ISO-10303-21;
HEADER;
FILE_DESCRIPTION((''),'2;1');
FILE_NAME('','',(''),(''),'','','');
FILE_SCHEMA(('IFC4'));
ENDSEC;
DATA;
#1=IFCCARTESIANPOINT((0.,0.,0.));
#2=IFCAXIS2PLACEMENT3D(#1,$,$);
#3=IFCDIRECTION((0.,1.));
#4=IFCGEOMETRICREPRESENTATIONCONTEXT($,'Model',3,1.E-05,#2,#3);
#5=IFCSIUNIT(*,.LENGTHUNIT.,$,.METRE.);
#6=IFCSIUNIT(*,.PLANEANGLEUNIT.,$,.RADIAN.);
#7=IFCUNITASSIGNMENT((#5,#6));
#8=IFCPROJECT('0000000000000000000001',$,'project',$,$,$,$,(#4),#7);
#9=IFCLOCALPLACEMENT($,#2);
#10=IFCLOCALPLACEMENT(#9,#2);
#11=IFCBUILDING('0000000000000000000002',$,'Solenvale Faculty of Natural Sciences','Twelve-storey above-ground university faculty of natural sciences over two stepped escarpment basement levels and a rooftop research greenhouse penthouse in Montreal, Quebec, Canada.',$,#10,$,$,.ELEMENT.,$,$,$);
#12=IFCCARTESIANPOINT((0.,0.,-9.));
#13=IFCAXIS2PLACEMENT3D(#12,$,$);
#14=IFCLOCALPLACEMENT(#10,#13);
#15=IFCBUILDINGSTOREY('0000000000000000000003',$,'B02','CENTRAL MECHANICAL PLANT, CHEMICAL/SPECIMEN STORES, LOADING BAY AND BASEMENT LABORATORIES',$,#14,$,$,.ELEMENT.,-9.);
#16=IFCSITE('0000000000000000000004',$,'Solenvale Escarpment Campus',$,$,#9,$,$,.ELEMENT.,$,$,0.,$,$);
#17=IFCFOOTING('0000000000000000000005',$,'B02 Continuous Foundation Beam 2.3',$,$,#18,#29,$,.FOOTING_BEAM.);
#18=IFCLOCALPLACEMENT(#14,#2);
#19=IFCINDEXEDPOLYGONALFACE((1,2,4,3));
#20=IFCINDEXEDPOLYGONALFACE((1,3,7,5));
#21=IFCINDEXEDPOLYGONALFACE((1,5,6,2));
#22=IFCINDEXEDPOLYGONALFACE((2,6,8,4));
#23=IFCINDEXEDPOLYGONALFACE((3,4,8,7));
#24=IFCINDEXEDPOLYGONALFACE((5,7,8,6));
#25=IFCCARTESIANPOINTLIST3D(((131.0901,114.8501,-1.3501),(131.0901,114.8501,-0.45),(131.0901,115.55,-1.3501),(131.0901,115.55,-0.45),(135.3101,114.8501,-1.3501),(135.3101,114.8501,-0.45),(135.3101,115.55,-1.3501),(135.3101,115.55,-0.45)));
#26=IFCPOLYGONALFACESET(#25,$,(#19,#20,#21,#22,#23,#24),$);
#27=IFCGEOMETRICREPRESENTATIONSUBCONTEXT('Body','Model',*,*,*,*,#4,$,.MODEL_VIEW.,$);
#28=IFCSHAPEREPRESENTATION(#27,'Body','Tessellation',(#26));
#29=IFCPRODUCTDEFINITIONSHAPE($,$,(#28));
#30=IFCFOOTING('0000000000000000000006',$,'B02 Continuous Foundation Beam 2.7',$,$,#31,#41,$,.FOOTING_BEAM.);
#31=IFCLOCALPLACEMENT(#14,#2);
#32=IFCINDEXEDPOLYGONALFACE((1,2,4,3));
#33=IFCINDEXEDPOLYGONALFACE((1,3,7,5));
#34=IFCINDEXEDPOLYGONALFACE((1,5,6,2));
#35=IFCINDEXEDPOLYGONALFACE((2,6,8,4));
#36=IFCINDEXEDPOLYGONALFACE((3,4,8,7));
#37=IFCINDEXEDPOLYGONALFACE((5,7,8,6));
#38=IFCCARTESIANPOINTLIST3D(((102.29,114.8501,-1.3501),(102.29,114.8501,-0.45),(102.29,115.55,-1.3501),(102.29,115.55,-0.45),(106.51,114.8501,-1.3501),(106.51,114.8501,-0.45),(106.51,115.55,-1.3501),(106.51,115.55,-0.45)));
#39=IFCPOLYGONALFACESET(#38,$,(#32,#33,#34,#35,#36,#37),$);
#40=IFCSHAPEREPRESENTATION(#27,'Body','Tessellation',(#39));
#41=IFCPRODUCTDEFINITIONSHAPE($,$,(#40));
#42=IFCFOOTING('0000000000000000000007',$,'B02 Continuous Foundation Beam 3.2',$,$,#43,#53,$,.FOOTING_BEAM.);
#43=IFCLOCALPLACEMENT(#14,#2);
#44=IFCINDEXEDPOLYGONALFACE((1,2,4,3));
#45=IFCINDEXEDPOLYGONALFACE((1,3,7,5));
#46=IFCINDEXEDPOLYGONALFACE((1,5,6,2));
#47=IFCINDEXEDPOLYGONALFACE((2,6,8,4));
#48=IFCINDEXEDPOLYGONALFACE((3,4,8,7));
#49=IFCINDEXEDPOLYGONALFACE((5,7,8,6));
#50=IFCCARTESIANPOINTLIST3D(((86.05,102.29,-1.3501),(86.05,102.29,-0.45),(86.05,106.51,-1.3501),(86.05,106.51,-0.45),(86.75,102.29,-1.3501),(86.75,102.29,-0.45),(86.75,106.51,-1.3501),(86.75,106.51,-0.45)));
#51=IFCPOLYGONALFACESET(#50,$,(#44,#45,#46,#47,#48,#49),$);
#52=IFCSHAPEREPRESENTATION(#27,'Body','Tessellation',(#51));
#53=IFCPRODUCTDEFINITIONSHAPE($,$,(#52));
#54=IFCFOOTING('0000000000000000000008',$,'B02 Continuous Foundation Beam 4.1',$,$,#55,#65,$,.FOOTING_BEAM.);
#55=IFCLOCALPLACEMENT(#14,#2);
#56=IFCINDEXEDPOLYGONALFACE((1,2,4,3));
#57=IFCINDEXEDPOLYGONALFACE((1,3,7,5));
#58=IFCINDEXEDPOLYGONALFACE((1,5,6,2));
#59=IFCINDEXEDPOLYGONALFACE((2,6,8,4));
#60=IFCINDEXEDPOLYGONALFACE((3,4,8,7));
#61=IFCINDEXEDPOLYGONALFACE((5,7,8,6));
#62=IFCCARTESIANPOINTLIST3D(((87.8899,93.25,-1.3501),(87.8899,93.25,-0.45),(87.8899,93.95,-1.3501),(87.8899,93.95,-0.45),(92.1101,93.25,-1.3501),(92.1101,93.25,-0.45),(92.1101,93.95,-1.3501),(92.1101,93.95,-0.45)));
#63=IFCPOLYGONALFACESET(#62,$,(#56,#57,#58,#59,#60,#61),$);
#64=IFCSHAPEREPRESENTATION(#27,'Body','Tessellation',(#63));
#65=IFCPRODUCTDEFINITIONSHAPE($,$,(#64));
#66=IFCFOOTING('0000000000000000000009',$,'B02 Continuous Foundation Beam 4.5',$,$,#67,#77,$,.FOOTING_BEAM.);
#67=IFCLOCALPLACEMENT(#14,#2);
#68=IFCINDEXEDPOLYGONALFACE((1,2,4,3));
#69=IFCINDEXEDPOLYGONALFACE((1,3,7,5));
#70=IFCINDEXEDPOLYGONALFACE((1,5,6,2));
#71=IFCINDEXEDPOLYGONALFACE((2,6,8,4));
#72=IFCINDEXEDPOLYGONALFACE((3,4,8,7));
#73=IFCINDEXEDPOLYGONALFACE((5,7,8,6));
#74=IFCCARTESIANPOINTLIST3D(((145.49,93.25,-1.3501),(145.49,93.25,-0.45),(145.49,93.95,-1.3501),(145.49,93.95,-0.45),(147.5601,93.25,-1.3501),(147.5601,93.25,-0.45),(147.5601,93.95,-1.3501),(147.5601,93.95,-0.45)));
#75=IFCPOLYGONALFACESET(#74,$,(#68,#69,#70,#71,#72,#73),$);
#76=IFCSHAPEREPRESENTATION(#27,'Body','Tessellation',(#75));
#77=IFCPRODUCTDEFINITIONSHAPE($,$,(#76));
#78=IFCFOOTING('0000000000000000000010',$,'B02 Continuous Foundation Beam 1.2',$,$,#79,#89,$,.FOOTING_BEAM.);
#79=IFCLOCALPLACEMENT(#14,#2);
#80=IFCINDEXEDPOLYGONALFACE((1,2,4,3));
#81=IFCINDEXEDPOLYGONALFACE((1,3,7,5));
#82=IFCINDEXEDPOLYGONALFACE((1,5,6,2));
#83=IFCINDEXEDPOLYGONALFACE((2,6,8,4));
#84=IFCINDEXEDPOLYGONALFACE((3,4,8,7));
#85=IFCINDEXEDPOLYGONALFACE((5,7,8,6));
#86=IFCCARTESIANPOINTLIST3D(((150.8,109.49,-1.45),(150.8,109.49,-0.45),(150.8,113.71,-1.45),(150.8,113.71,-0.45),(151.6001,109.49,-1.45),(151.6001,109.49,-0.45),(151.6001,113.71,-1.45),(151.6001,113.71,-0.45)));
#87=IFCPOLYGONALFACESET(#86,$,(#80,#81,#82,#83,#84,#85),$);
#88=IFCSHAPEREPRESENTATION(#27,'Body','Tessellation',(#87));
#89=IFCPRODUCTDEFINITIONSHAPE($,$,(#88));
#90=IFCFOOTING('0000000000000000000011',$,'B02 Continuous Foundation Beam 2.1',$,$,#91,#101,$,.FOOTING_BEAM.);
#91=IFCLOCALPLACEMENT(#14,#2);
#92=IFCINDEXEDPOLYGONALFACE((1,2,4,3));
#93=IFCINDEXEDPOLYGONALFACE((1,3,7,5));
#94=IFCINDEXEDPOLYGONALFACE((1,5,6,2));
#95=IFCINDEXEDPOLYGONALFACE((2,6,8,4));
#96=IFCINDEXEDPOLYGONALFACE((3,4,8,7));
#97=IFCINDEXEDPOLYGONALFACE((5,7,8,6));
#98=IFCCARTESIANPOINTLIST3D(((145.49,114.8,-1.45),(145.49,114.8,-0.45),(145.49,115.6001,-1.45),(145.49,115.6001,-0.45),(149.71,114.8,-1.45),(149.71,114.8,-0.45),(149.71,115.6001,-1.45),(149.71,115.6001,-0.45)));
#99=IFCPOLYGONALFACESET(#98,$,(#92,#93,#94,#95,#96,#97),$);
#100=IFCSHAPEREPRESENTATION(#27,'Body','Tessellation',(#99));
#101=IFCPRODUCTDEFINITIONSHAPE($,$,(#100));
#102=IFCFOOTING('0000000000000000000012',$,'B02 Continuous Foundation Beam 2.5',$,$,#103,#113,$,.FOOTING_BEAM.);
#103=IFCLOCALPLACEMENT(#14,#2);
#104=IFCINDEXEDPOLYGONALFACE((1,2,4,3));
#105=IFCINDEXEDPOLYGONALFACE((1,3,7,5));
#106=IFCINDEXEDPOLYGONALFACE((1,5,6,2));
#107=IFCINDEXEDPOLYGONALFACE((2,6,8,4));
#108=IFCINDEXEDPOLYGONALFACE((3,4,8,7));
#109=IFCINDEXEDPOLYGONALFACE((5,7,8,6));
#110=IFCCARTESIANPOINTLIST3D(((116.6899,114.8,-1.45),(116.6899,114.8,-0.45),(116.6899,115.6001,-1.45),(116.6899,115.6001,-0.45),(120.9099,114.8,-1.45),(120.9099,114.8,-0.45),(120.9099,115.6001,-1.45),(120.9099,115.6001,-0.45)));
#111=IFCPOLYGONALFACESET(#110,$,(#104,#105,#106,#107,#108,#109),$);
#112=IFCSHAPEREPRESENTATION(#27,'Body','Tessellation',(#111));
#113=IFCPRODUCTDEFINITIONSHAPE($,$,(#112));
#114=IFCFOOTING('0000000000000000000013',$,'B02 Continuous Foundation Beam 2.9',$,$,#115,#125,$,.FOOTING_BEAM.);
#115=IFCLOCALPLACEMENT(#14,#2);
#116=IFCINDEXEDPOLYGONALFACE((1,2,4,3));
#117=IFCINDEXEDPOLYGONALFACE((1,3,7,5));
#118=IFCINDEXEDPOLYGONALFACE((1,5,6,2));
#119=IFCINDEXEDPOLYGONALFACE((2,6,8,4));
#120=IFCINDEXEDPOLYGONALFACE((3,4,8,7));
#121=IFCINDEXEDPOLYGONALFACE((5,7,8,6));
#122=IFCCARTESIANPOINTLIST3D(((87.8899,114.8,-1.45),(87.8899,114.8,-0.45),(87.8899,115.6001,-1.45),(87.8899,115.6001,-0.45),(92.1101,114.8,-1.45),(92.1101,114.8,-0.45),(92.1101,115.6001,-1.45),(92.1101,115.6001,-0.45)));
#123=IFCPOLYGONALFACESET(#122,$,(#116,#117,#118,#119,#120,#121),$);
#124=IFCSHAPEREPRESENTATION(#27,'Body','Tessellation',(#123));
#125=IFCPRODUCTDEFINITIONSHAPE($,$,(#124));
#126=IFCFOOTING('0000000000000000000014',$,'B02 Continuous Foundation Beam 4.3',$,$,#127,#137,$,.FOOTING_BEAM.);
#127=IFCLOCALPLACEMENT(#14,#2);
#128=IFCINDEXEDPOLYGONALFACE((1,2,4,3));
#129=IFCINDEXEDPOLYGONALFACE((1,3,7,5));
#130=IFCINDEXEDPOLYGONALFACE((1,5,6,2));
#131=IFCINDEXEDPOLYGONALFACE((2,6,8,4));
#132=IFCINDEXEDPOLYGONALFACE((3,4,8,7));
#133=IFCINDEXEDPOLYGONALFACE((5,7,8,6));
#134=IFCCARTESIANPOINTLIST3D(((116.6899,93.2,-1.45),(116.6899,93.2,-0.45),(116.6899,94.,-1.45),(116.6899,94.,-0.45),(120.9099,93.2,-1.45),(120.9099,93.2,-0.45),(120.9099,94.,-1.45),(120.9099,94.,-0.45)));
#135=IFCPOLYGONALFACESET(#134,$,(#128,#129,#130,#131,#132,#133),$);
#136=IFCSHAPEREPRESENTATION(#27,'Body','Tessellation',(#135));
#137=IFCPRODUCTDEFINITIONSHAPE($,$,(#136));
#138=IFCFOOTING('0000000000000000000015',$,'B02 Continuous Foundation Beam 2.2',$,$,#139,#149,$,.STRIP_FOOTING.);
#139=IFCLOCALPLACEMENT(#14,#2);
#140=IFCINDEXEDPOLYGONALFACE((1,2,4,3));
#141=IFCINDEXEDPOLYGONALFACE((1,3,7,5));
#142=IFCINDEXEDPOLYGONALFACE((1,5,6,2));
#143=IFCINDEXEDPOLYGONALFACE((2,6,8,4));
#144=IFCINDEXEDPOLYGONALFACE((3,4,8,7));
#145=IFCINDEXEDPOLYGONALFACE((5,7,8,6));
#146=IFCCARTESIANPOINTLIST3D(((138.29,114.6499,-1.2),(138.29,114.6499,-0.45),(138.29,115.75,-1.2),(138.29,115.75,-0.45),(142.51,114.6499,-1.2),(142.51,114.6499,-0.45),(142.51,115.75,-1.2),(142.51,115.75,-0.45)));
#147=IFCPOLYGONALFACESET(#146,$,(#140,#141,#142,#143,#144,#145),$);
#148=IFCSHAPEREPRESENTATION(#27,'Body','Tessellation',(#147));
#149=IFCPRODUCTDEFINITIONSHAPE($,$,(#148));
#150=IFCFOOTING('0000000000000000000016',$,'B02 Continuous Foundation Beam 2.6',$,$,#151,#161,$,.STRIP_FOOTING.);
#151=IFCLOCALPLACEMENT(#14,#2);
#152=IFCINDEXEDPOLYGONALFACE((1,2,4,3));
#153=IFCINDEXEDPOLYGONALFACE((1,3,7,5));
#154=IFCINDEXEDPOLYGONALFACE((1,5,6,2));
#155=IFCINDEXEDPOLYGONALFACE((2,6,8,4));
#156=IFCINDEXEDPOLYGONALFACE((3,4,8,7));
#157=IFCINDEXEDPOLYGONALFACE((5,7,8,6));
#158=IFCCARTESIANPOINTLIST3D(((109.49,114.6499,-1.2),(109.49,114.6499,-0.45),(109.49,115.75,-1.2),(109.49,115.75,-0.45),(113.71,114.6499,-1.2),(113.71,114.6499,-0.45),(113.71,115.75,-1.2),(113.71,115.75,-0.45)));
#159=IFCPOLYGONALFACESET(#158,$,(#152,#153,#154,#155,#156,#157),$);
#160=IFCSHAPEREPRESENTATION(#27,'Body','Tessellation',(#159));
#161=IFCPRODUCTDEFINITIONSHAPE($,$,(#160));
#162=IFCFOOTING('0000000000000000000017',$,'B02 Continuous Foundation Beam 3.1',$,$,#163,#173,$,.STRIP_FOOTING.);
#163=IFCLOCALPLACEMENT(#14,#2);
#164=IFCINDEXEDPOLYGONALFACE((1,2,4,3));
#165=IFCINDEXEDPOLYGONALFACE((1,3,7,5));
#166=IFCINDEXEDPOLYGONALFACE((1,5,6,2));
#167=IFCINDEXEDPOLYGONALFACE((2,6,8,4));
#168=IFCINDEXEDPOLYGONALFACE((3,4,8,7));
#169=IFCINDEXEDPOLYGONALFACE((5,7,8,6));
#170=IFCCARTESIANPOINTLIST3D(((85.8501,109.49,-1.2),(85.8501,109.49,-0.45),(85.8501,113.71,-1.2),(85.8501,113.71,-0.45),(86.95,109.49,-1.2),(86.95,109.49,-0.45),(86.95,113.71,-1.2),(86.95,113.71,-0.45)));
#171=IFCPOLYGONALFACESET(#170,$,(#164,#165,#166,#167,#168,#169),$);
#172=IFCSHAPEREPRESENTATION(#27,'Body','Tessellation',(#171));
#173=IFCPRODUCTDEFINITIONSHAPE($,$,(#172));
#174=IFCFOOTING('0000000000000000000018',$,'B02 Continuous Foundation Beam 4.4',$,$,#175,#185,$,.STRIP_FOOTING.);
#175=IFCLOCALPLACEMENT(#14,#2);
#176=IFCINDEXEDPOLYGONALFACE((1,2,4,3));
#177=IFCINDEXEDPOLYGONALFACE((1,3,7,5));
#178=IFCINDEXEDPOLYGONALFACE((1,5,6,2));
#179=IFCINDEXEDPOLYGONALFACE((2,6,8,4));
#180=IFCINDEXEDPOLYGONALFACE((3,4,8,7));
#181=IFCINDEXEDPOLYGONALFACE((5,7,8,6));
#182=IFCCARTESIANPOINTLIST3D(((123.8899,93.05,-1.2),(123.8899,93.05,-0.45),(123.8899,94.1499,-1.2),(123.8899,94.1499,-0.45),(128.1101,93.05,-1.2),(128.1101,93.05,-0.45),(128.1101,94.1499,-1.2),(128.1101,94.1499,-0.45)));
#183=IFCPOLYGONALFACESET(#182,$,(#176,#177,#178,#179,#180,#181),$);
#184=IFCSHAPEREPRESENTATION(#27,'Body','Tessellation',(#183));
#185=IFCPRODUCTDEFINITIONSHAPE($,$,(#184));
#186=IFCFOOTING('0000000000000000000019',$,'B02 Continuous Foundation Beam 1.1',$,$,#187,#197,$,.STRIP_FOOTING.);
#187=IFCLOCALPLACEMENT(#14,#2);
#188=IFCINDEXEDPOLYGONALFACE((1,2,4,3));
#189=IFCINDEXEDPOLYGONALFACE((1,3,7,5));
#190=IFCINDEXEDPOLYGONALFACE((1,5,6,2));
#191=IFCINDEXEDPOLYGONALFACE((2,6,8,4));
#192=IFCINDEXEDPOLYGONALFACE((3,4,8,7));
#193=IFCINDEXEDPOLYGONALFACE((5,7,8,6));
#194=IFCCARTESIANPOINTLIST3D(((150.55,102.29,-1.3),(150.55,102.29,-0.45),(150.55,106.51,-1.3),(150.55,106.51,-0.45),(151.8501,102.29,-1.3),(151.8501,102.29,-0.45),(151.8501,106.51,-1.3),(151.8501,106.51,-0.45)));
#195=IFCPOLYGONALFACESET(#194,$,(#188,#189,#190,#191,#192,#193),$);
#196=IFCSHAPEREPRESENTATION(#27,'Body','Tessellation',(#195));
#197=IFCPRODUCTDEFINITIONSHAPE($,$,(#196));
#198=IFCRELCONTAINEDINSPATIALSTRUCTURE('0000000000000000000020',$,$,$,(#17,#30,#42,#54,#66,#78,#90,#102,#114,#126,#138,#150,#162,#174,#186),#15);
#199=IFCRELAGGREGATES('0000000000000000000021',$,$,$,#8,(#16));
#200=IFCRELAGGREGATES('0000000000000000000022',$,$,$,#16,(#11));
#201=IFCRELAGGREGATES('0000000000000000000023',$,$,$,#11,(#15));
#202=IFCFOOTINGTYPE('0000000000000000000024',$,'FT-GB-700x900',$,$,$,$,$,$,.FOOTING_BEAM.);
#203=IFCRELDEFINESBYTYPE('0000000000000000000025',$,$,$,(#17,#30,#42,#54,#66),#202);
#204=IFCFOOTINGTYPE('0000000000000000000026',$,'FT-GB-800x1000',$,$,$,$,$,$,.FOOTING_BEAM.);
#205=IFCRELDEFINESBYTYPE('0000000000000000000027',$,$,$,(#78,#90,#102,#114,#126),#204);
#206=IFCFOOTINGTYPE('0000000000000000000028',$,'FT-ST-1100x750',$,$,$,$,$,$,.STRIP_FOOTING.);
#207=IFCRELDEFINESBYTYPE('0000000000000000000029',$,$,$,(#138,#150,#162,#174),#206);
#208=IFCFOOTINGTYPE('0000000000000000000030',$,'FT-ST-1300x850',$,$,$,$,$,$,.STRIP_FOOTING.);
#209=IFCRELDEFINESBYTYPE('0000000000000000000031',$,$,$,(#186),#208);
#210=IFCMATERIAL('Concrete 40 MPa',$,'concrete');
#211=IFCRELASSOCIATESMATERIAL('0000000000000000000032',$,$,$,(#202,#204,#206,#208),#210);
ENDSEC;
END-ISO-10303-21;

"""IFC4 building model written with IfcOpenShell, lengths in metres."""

from ifc_helpers import new_model, si_unit, direction, frame, origin, place, context, subcontext, project, spatial, polyline, outline, extrude, material, type_object, element, save


model = new_model("IFC4")

# Units and contexts
model_context = context("Model", 3, precision=1e-05, world=origin(), true_north=direction((0.0, 1.0)))
body_context = subcontext(model_context, "Body", "Model", "MODEL_VIEW")
ifc_project = project(units=[si_unit("LENGTHUNIT", "METRE"), si_unit("PLANEANGLEUNIT", "RADIAN")], contexts=[model_context])

# Site, building, storey
site_placement = place(None, origin())
site = spatial("IfcSite", under=ifc_project, at=site_placement, Name="Solenvale Escarpment Campus", CompositionType="ELEMENT", RefElevation=0.0)
building_placement = place(site_placement, origin())
building = spatial("IfcBuilding", under=site, at=building_placement, Name="Solenvale Faculty of Natural Sciences", Description="Twelve-storey above-ground university faculty of natural sciences over two stepped escarpment basement levels and a rooftop research greenhouse penthouse in Montreal, Quebec, Canada.", CompositionType="ELEMENT")
storey_placement = place(building_placement, frame((0.0, 0.0, -9.0)))
storey = spatial("IfcBuildingStorey", under=building, at=storey_placement, Name="B02", Description="CENTRAL MECHANICAL PLANT, CHEMICAL/SPECIMEN STORES, LOADING BAY AND BASEMENT LABORATORIES", CompositionType="ELEMENT", Elevation=-9.0)

# Footings
ifc_material = material(Name="Concrete 40 MPa", Category="concrete")
footing_type_1 = type_object("IfcFootingType", Name="FT-GB-700x900", PredefinedType="FOOTING_BEAM", material=ifc_material)
footing_1_placement = place(storey_placement, frame((0.0, 0.0, -1.3501)))
element("IfcFooting", 1, at=footing_1_placement, inside=storey, type_object=footing_type_1, Name="B02 Continuous Foundation Beam 2.3", PredefinedType="FOOTING_BEAM", context=body_context, shape_type="SweptSolid", body=[
    extrude(outline(polyline([(131.0901, 114.8501), (135.3101, 114.8501), (135.3101, 115.55), (131.0901, 115.55), (131.0901, 114.8501)])), origin(), (0.0, 0.0, 1.0), 0.9001),
])
footing_2_placement = place(storey_placement, frame((0.0, 0.0, -1.3501)))
element("IfcFooting", 2, at=footing_2_placement, inside=storey, type_object=footing_type_1, Name="B02 Continuous Foundation Beam 2.7", PredefinedType="FOOTING_BEAM", context=body_context, shape_type="SweptSolid", body=[
    extrude(outline(polyline([(102.29, 114.8501), (106.51, 114.8501), (106.51, 115.55), (102.29, 115.55), (102.29, 114.8501)])), origin(), (0.0, 0.0, 1.0), 0.9001),
])
footing_3_placement = place(storey_placement, frame((0.0, 0.0, -1.3501)))
element("IfcFooting", 3, at=footing_3_placement, inside=storey, type_object=footing_type_1, Name="B02 Continuous Foundation Beam 3.2", PredefinedType="FOOTING_BEAM", context=body_context, shape_type="SweptSolid", body=[
    extrude(outline(polyline([(86.05, 102.29), (86.75, 102.29), (86.75, 106.51), (86.05, 106.51), (86.05, 102.29)])), origin(), (0.0, 0.0, 1.0), 0.9001),
])
footing_4_placement = place(storey_placement, frame((0.0, 0.0, -1.3501)))
element("IfcFooting", 4, at=footing_4_placement, inside=storey, type_object=footing_type_1, Name="B02 Continuous Foundation Beam 4.1", PredefinedType="FOOTING_BEAM", context=body_context, shape_type="SweptSolid", body=[
    extrude(outline(polyline([(87.8899, 93.25), (92.1101, 93.25), (92.1101, 93.95), (87.8899, 93.95), (87.8899, 93.25)])), origin(), (0.0, 0.0, 1.0), 0.9001),
])
footing_5_placement = place(storey_placement, frame((0.0, 0.0, -1.3501)))
element("IfcFooting", 5, at=footing_5_placement, inside=storey, type_object=footing_type_1, Name="B02 Continuous Foundation Beam 4.5", PredefinedType="FOOTING_BEAM", context=body_context, shape_type="SweptSolid", body=[
    extrude(outline(polyline([(145.49, 93.25), (147.5601, 93.25), (147.5601, 93.95), (145.49, 93.95), (145.49, 93.25)])), origin(), (0.0, 0.0, 1.0), 0.9001),
])
footing_type_2 = type_object("IfcFootingType", Name="FT-GB-800x1000", PredefinedType="FOOTING_BEAM", material=ifc_material)
footing_6_placement = place(storey_placement, frame((0.0, 0.0, -1.45)))
element("IfcFooting", 6, at=footing_6_placement, inside=storey, type_object=footing_type_2, Name="B02 Continuous Foundation Beam 1.2", PredefinedType="FOOTING_BEAM", context=body_context, shape_type="SweptSolid", body=[
    extrude(outline(polyline([(150.8, 109.49), (151.6001, 109.49), (151.6001, 113.71), (150.8, 113.71), (150.8, 109.49)])), origin(), (0.0, 0.0, 1.0), 1.0),
])
footing_7_placement = place(storey_placement, frame((0.0, 0.0, -1.45)))
element("IfcFooting", 7, at=footing_7_placement, inside=storey, type_object=footing_type_2, Name="B02 Continuous Foundation Beam 2.1", PredefinedType="FOOTING_BEAM", context=body_context, shape_type="SweptSolid", body=[
    extrude(outline(polyline([(145.49, 114.8), (149.71, 114.8), (149.71, 115.6001), (145.49, 115.6001), (145.49, 114.8)])), origin(), (0.0, 0.0, 1.0), 1.0),
])
footing_8_placement = place(storey_placement, frame((0.0, 0.0, -1.45)))
element("IfcFooting", 8, at=footing_8_placement, inside=storey, type_object=footing_type_2, Name="B02 Continuous Foundation Beam 2.5", PredefinedType="FOOTING_BEAM", context=body_context, shape_type="SweptSolid", body=[
    extrude(outline(polyline([(116.6899, 114.8), (120.9099, 114.8), (120.9099, 115.6001), (116.6899, 115.6001), (116.6899, 114.8)])), origin(), (0.0, 0.0, 1.0), 1.0),
])
footing_9_placement = place(storey_placement, frame((0.0, 0.0, -1.45)))
element("IfcFooting", 9, at=footing_9_placement, inside=storey, type_object=footing_type_2, Name="B02 Continuous Foundation Beam 2.9", PredefinedType="FOOTING_BEAM", context=body_context, shape_type="SweptSolid", body=[
    extrude(outline(polyline([(87.8899, 114.8), (92.1101, 114.8), (92.1101, 115.6001), (87.8899, 115.6001), (87.8899, 114.8)])), origin(), (0.0, 0.0, 1.0), 1.0),
])
footing_10_placement = place(storey_placement, frame((0.0, 0.0, -1.45)))
element("IfcFooting", 10, at=footing_10_placement, inside=storey, type_object=footing_type_2, Name="B02 Continuous Foundation Beam 4.3", PredefinedType="FOOTING_BEAM", context=body_context, shape_type="SweptSolid", body=[
    extrude(outline(polyline([(116.6899, 93.2), (120.9099, 93.2), (120.9099, 94.0), (116.6899, 94.0), (116.6899, 93.2)])), origin(), (0.0, 0.0, 1.0), 1.0),
])
footing_type_3 = type_object("IfcFootingType", Name="FT-ST-1100x750", PredefinedType="STRIP_FOOTING", material=ifc_material)
footing_11_placement = place(storey_placement, frame((0.0, 0.0, -1.2)))
element("IfcFooting", 11, at=footing_11_placement, inside=storey, type_object=footing_type_3, Name="B02 Continuous Foundation Beam 2.2", PredefinedType="STRIP_FOOTING", context=body_context, shape_type="SweptSolid", body=[
    extrude(outline(polyline([(138.29, 114.6499), (142.51, 114.6499), (142.51, 115.75), (138.29, 115.75), (138.29, 114.6499)])), origin(), (0.0, 0.0, 1.0), 0.75),
])
footing_12_placement = place(storey_placement, frame((0.0, 0.0, -1.2)))
element("IfcFooting", 12, at=footing_12_placement, inside=storey, type_object=footing_type_3, Name="B02 Continuous Foundation Beam 2.6", PredefinedType="STRIP_FOOTING", context=body_context, shape_type="SweptSolid", body=[
    extrude(outline(polyline([(109.49, 114.6499), (113.71, 114.6499), (113.71, 115.75), (109.49, 115.75), (109.49, 114.6499)])), origin(), (0.0, 0.0, 1.0), 0.75),
])
footing_13_placement = place(storey_placement, frame((0.0, 0.0, -1.2)))
element("IfcFooting", 13, at=footing_13_placement, inside=storey, type_object=footing_type_3, Name="B02 Continuous Foundation Beam 3.1", PredefinedType="STRIP_FOOTING", context=body_context, shape_type="SweptSolid", body=[
    extrude(outline(polyline([(85.8501, 109.49), (86.95, 109.49), (86.95, 113.71), (85.8501, 113.71), (85.8501, 109.49)])), origin(), (0.0, 0.0, 1.0), 0.75),
])
footing_14_placement = place(storey_placement, frame((0.0, 0.0, -1.2)))
element("IfcFooting", 14, at=footing_14_placement, inside=storey, type_object=footing_type_3, Name="B02 Continuous Foundation Beam 4.4", PredefinedType="STRIP_FOOTING", context=body_context, shape_type="SweptSolid", body=[
    extrude(outline(polyline([(123.8899, 93.05), (128.1101, 93.05), (128.1101, 94.1499), (123.8899, 94.1499), (123.8899, 93.05)])), origin(), (0.0, 0.0, 1.0), 0.75),
])
footing_type_4 = type_object("IfcFootingType", Name="FT-ST-1300x850", PredefinedType="STRIP_FOOTING", material=ifc_material)
footing_15_placement = place(storey_placement, frame((0.0, 0.0, -1.3)))
element("IfcFooting", 15, at=footing_15_placement, inside=storey, type_object=footing_type_4, Name="B02 Continuous Foundation Beam 1.1", PredefinedType="STRIP_FOOTING", context=body_context, shape_type="SweptSolid", body=[
    extrude(outline(polyline([(150.55, 102.29), (151.8501, 102.29), (151.8501, 106.51), (150.55, 106.51), (150.55, 102.29)])), origin(), (0.0, 0.0, 1.0), 0.8501),
])

save(model, "model.ifc")
